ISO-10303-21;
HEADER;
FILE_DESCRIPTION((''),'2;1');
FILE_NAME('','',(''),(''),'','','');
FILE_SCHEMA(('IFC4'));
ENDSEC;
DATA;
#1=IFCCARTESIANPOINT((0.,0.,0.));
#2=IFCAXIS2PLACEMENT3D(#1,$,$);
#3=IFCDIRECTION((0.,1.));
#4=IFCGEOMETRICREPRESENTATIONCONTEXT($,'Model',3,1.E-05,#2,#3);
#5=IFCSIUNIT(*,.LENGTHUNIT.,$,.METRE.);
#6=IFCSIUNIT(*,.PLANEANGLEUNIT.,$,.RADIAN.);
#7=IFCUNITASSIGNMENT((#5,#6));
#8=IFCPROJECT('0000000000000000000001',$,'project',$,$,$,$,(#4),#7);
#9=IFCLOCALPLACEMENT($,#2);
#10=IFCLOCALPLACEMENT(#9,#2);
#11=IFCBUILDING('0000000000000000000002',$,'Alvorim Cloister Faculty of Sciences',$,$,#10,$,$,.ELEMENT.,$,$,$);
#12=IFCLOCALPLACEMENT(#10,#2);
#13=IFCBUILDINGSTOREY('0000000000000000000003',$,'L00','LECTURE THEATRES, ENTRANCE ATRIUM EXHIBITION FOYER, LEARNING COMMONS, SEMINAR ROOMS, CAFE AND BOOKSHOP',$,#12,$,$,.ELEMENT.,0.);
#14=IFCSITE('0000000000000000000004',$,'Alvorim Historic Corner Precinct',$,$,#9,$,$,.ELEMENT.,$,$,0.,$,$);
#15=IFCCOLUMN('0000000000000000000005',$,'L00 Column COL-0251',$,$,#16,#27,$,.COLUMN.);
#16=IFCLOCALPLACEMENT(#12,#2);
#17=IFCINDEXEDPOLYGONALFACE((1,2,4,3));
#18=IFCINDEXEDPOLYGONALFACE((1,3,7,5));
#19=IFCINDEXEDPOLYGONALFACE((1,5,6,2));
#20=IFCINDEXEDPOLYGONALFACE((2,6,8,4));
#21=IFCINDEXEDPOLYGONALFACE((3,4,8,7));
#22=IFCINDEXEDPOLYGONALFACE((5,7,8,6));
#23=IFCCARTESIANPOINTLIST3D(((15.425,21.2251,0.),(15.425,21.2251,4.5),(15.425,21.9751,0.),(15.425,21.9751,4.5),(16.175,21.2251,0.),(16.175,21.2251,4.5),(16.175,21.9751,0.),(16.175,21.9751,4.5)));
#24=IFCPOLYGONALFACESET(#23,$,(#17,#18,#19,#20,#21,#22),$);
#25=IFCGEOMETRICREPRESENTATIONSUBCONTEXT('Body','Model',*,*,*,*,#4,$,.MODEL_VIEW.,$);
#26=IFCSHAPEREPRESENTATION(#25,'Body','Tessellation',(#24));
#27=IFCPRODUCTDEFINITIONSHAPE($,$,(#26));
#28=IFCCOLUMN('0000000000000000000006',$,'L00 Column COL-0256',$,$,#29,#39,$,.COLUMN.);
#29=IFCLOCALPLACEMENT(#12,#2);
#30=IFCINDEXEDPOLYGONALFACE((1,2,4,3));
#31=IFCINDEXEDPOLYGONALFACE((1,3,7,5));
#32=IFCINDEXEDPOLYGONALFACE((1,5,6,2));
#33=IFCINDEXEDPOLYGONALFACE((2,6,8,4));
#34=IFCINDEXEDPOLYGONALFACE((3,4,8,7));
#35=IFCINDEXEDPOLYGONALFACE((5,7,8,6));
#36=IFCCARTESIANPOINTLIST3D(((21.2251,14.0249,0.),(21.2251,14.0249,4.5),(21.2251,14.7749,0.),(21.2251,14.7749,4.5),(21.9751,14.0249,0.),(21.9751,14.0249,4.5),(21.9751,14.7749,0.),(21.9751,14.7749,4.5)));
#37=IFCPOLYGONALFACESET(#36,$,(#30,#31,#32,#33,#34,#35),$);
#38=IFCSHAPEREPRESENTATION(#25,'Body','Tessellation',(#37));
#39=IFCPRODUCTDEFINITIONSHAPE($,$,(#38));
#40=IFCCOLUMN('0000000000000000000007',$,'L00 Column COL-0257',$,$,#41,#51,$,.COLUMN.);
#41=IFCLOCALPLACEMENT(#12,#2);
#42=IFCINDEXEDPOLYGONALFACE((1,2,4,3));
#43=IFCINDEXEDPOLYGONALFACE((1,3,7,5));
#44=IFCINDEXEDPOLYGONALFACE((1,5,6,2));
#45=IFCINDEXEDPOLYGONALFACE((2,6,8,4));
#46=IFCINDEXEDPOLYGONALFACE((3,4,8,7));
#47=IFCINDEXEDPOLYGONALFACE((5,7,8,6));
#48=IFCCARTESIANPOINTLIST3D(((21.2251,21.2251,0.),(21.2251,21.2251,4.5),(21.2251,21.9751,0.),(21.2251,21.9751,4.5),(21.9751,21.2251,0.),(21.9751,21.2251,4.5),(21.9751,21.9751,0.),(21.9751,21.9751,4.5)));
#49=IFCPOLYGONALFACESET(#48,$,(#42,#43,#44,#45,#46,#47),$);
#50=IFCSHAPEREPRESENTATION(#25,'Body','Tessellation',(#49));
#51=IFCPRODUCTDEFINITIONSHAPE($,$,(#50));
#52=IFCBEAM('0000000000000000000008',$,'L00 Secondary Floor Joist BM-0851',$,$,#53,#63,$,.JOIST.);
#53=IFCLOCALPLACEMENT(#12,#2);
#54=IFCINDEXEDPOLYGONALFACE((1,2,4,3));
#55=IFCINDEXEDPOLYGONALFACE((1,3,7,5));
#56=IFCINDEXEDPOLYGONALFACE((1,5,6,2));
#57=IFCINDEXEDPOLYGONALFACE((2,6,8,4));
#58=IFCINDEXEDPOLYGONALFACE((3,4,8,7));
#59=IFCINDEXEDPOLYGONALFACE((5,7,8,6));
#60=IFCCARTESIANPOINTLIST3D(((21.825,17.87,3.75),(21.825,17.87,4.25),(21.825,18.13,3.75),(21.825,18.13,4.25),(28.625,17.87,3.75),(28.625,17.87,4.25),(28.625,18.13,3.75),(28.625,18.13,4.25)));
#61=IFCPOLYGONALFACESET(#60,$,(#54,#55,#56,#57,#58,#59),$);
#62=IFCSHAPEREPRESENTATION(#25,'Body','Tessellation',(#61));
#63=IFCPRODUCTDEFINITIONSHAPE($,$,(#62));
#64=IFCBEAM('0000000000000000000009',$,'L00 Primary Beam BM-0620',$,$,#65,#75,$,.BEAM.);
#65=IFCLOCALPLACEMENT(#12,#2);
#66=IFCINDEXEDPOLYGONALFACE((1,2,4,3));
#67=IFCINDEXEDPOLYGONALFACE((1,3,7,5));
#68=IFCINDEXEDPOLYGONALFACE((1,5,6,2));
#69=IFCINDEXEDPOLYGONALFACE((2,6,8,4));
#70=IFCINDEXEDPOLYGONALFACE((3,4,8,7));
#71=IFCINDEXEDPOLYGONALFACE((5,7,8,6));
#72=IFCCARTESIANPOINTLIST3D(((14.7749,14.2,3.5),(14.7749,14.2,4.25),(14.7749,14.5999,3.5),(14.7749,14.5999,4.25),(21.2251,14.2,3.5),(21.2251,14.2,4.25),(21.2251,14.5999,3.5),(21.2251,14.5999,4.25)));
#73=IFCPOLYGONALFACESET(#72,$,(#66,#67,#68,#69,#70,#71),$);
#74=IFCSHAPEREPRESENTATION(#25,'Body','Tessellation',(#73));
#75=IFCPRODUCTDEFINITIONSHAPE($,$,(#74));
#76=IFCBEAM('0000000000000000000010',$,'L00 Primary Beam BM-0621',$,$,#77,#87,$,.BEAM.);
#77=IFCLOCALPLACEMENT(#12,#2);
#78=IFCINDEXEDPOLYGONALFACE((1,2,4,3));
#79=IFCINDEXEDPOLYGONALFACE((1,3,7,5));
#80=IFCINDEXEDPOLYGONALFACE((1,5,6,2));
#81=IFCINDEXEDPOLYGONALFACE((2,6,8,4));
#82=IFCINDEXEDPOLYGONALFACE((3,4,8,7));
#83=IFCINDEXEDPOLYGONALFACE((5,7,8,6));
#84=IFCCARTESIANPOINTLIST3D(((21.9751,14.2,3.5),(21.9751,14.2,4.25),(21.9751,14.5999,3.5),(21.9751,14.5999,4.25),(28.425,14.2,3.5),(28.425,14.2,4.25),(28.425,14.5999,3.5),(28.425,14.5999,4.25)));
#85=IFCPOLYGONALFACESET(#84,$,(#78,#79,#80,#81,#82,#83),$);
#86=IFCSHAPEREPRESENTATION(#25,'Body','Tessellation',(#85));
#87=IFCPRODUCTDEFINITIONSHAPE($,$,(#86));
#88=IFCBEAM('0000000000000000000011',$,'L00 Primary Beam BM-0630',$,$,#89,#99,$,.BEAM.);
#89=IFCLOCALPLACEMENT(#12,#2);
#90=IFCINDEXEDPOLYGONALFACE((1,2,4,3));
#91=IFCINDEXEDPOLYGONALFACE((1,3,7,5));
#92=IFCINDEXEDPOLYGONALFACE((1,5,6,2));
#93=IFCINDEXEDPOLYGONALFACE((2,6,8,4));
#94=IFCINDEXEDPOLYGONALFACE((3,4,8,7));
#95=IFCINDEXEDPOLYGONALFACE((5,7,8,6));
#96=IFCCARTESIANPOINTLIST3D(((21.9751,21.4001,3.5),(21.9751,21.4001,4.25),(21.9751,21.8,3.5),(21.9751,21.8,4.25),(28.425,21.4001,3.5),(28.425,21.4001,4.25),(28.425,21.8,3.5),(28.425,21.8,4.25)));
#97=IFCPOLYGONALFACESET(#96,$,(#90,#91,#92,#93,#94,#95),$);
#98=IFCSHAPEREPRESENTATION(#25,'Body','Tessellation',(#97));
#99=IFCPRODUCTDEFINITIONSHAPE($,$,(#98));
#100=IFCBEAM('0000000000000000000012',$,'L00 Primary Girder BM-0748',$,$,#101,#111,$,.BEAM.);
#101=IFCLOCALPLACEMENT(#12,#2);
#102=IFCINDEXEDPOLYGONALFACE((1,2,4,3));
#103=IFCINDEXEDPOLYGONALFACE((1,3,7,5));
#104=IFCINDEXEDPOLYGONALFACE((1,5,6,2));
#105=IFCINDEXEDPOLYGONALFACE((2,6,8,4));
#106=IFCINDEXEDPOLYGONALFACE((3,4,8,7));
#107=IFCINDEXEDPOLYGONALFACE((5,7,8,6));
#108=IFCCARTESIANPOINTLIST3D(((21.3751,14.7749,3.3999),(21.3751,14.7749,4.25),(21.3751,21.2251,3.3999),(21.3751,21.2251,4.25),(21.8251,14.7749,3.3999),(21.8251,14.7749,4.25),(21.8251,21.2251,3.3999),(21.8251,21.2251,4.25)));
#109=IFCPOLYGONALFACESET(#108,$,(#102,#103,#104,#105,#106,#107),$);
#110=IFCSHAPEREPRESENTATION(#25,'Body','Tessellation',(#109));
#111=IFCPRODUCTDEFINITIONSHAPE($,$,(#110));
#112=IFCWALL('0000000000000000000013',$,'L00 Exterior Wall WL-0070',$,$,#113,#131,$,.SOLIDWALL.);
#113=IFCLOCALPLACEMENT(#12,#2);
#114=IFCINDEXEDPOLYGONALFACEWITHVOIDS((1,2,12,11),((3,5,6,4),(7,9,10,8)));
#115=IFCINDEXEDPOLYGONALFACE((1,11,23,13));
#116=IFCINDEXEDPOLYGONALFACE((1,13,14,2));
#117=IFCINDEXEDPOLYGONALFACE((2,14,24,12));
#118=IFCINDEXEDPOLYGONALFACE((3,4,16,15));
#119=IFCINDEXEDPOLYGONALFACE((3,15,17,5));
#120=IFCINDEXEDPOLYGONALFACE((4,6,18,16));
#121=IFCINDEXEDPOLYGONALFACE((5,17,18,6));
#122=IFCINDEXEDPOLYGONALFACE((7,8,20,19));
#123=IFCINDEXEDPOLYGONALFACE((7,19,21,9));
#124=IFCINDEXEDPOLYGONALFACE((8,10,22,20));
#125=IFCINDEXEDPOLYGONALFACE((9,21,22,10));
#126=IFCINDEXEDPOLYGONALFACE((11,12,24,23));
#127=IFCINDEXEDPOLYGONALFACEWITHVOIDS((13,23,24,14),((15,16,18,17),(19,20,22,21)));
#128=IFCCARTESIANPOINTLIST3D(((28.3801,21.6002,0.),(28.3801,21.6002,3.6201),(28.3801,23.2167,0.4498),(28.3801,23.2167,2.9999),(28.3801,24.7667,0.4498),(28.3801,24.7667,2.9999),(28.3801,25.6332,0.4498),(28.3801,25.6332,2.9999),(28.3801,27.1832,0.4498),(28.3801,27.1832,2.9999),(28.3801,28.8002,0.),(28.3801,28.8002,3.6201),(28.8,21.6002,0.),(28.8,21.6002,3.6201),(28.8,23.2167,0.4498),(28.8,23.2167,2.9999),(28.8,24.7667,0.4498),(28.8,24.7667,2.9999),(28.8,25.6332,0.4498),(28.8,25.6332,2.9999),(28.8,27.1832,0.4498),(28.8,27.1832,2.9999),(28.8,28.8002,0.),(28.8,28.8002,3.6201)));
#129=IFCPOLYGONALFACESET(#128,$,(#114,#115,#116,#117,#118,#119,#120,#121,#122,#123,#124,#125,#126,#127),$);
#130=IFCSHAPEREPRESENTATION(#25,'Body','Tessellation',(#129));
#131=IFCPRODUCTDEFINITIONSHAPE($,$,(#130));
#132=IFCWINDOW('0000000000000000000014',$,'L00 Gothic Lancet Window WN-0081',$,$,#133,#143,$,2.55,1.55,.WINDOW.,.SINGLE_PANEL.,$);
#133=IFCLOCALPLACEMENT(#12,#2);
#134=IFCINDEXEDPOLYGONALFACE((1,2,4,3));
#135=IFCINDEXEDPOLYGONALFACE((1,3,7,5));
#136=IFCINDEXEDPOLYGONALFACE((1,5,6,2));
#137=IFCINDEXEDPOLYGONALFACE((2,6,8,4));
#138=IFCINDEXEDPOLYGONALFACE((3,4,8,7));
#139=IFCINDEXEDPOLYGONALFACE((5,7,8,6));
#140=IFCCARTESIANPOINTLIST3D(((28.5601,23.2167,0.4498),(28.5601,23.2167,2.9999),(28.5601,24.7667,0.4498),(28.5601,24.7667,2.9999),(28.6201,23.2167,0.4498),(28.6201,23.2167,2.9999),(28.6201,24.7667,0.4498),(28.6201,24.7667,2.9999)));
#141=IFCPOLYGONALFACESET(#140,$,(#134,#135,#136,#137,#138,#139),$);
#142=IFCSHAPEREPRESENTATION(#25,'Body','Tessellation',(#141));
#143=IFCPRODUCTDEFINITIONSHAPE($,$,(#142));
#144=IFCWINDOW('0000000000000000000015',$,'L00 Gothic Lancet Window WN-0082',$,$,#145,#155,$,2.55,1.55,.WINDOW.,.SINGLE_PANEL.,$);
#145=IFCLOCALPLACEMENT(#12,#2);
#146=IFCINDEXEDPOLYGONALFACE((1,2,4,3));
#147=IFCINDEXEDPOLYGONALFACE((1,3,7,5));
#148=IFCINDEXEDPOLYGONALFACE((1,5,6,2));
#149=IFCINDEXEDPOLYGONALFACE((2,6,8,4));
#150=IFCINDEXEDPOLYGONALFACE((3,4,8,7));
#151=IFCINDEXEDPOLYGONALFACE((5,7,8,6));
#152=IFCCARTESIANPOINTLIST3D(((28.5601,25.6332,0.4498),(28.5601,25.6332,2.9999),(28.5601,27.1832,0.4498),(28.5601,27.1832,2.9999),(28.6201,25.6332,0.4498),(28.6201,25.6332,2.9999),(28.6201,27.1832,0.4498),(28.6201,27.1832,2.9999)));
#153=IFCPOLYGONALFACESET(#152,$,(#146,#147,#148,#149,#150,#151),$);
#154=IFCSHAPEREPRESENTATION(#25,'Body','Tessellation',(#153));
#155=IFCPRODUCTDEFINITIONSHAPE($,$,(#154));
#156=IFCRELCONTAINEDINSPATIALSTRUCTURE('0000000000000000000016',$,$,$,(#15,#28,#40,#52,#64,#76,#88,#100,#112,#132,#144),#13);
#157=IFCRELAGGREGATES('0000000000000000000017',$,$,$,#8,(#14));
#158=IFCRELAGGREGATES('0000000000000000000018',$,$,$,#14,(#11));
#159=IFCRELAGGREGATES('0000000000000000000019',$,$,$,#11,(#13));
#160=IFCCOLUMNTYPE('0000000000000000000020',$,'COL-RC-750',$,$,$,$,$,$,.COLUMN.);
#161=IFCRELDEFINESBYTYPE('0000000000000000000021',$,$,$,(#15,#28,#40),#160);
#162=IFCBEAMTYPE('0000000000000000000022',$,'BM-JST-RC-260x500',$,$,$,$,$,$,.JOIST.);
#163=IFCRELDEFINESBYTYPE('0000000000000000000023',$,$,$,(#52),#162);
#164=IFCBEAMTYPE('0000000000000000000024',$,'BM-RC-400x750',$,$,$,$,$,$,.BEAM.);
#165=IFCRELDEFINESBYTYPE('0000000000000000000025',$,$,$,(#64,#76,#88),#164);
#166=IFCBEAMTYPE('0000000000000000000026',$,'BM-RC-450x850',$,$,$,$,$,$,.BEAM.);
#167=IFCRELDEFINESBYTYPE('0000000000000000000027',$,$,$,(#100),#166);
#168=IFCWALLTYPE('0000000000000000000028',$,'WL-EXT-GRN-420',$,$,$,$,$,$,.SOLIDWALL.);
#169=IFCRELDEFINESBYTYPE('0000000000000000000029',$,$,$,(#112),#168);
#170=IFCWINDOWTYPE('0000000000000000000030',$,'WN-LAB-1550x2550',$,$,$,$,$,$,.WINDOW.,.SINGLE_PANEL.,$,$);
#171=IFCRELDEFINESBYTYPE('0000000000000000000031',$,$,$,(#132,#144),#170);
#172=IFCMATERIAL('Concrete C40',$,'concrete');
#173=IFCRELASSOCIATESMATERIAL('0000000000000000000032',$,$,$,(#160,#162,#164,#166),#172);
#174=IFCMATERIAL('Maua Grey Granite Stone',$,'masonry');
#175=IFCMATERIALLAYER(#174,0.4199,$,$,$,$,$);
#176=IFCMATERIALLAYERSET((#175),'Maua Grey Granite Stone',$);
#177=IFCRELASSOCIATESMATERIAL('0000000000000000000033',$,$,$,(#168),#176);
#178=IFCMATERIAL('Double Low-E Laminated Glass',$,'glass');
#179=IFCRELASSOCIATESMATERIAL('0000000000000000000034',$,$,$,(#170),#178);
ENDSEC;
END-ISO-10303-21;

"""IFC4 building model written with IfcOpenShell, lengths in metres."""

from ifc_helpers import new_model, si_unit, direction, frame, frame_2d, origin, origin_2d, place, context, subcontext, project, spatial, rectangle, extrude, material, layer, layer_set, material_profile, profile_set, type_object, element, fill, save


model = new_model("IFC4")

# Units and contexts
model_context = context("Model", 3, precision=1e-05, world=origin(), true_north=direction((0.0, 1.0)))
body_context = subcontext(model_context, "Body", "Model", "MODEL_VIEW")
ifc_project = project(units=[si_unit("LENGTHUNIT", "METRE"), si_unit("PLANEANGLEUNIT", "RADIAN")], contexts=[model_context])

# Site, building, storey
site_placement = place(None, origin())
site = spatial("IfcSite", under=ifc_project, at=site_placement, Name="Alvorim Historic Corner Precinct", CompositionType="ELEMENT", RefElevation=0.0)
building_placement = place(site_placement, origin())
building = spatial("IfcBuilding", under=site, at=building_placement, Name="Alvorim Cloister Faculty of Sciences", CompositionType="ELEMENT")
storey_placement = place(building_placement, origin())
storey = spatial("IfcBuildingStorey", under=building, at=storey_placement, Name="L00", Description="LECTURE THEATRES, ENTRANCE ATRIUM EXHIBITION FOYER, LEARNING COMMONS, SEMINAR ROOMS, CAFE AND BOOKSHOP", CompositionType="ELEMENT", Elevation=0.0)

# Columns
ifc_material_1 = material(Name="Concrete C40", Category="concrete")
ifc_material_profile_1 = material_profile(ifc_material_1, rectangle(XDim=0.75, YDim=0.75, at=origin_2d()), Name="RC40-COL-750x750")
ifc_profile_set_1 = profile_set([ifc_material_profile_1], Name="Concrete C40")
column_type = type_object("IfcColumnType", Name="COL-RC-750", PredefinedType="COLUMN", material=ifc_profile_set_1)
for number, where, z_axis, x_axis, name in (
    (1, (15.8, 21.6001, 0.0), (0.0, 0.0, 1.0), (1.0, 0.0, 0.0), "L00 Column COL-0251"),
    (2, (21.6001, 14.3999, 0.0), (0.0, 0.0, 1.0), (1.0, 0.0, 0.0), "L00 Column COL-0256"),
    (3, (21.6001, 21.6001, 0.0), (0.0, 0.0, 1.0), (1.0, 0.0, 0.0), "L00 Column COL-0257"),
):
    element("IfcColumn", number, at=place(storey_placement, frame(where, z_axis=z_axis, x_axis=x_axis)), inside=storey, type_object=column_type, Name=name, PredefinedType="COLUMN", context=body_context, shape_type="SweptSolid", body=[
        extrude(rectangle(XDim=0.75, YDim=0.75, at=origin_2d()), origin(), (0.0, 0.0, 1.0), 4.5),
    ])

# Beams
ifc_material_profile_2 = material_profile(ifc_material_1, rectangle(XDim=0.26, YDim=0.5, at=origin_2d()), Name="RC40-JST-260x500")
ifc_profile_set_2 = profile_set([ifc_material_profile_2], Name="Concrete C40")
beam_type_1 = type_object("IfcBeamType", Name="BM-JST-RC-260x500", PredefinedType="JOIST", material=ifc_profile_set_2)
beam_1_placement = place(storey_placement, frame((21.825, 18.0, 4.0), z_axis=(1.0, 0.0, 0.0), x_axis=(0.0, 1.0, 0.0)))
element("IfcBeam", 4, at=beam_1_placement, inside=storey, type_object=beam_type_1, Name="L00 Secondary Floor Joist BM-0851", PredefinedType="JOIST", context=body_context, shape_type="SweptSolid", body=[
    extrude(rectangle(XDim=0.26, YDim=0.5, at=origin_2d()), origin(), (0.0, 0.0, 1.0), 6.8),
])
ifc_material_profile_3 = material_profile(ifc_material_1, rectangle(XDim=0.3999, YDim=0.75, at=origin_2d()), Name="RC40-BM-400x750")
ifc_profile_set_3 = profile_set([ifc_material_profile_3], Name="Concrete C40")
beam_type_2 = type_object("IfcBeamType", Name="BM-RC-400x750", PredefinedType="BEAM", material=ifc_profile_set_3)
beam_2_placement = place(storey_placement, frame((14.7749, 14.3999, 3.875), z_axis=(1.0, 0.0, 0.0), x_axis=(0.0, 1.0, 0.0)))
element("IfcBeam", 5, at=beam_2_placement, inside=storey, type_object=beam_type_2, Name="L00 Primary Beam BM-0620", PredefinedType="BEAM", context=body_context, shape_type="SweptSolid", body=[
    extrude(rectangle(XDim=0.3999, YDim=0.75, at=origin_2d()), origin(), (0.0, 0.0, 1.0), 6.4502),
])
for number, where, z_axis, x_axis, name in (
    (6, (21.9751, 14.3999, 3.875), (1.0, 0.0, 0.0), (0.0, 1.0, 0.0), "L00 Primary Beam BM-0621"),
    (7, (21.9751, 21.6001, 3.875), (1.0, 0.0, 0.0), (0.0, 1.0, 0.0), "L00 Primary Beam BM-0630"),
):
    element("IfcBeam", number, at=place(storey_placement, frame(where, z_axis=z_axis, x_axis=x_axis)), inside=storey, type_object=beam_type_2, Name=name, PredefinedType="BEAM", context=body_context, shape_type="SweptSolid", body=[
        extrude(rectangle(XDim=0.3999, YDim=0.75, at=origin_2d()), origin(), (0.0, 0.0, 1.0), 6.45),
    ])
ifc_material_profile_4 = material_profile(ifc_material_1, rectangle(XDim=0.45, YDim=0.8501, at=origin_2d()), Name="RC40-BM-450x850")
ifc_profile_set_4 = profile_set([ifc_material_profile_4], Name="Concrete C40")
beam_type_3 = type_object("IfcBeamType", Name="BM-RC-450x850", PredefinedType="BEAM", material=ifc_profile_set_4)
beam_3_placement = place(storey_placement, frame((21.6001, 14.7749, 3.825), z_axis=(0.0, 1.0, 0.0), x_axis=(-1.0, 0.0, 0.0)))
element("IfcBeam", 8, at=beam_3_placement, inside=storey, type_object=beam_type_3, Name="L00 Primary Girder BM-0748", PredefinedType="BEAM", context=body_context, shape_type="SweptSolid", body=[
    extrude(rectangle(XDim=0.45, YDim=0.8501, at=origin_2d()), origin(), (0.0, 0.0, 1.0), 6.4502),
])

# Wall, openings, windows
ifc_material_2 = material(Name="Maua Grey Granite Stone", Category="masonry")
ifc_layer_1 = layer(ifc_material_2, 0.4199)
ifc_layer_set_1 = layer_set([ifc_layer_1], Name="Maua Grey Granite Stone")
wall_type_1 = type_object("IfcWallType", Name="WL-EXT-GRN-420", PredefinedType="SOLIDWALL", material=ifc_layer_set_1)
wall_1_placement = place(storey_placement, frame((28.5901, 21.6001, 0.0), z_axis=(0.0, 0.0, 1.0), x_axis=(0.0, 1.0, 0.0)))
wall_1 = element("IfcWall", 9, at=wall_1_placement, inside=storey, type_object=wall_type_1, Name="L00 Exterior Wall WL-0070", PredefinedType="SOLIDWALL", context=body_context, shape_type="SweptSolid", body=[
    extrude(rectangle(XDim=7.2, YDim=0.4199, at=frame_2d((3.6001, 0.0))), origin(), (0.0, 0.0, 1.0), 3.6201),
])
opening_1_placement = place(wall_1_placement, frame((1.6167, 0.0, 0.45)))
opening_1 = element("IfcOpeningElement", 10, at=opening_1_placement, cuts=wall_1, PredefinedType="OPENING", context=body_context, shape_type="SweptSolid", body=[
    extrude(rectangle(XDim=1.55, YDim=2.55, at=frame_2d((0.7749, 1.2749))), frame((0.0, 0.2219, 0.0), z_axis=(0.0, -1.0, 0.0), x_axis=(1.0, 0.0, 0.0)), (0.0, 0.0, 1.0), 0.4438),
])
opening_2_placement = place(wall_1_placement, frame((4.0332, 0.0, 0.45)))
opening_2 = element("IfcOpeningElement", 11, at=opening_2_placement, cuts=wall_1, PredefinedType="OPENING", context=body_context, shape_type="SweptSolid", body=[
    extrude(rectangle(XDim=1.55, YDim=2.55, at=frame_2d((0.7749, 1.2749))), frame((0.0, 0.2219, 0.0), z_axis=(0.0, -1.0, 0.0), x_axis=(1.0, 0.0, 0.0)), (0.0, 0.0, 1.0), 0.4438),
])
ifc_material_3 = material(Name="Double Low-E Laminated Glass", Category="glass")
window_type_1 = type_object("IfcWindowType", Name="WN-LAB-1550x2550", PartitioningType="SINGLE_PANEL", PredefinedType="WINDOW", material=ifc_material_3)
window_1_placement = place(opening_1_placement, origin())
window_1 = element("IfcWindow", 12, at=window_1_placement, inside=storey, type_object=window_type_1, Name="L00 Gothic Lancet Window WN-0081", OverallHeight=2.55, OverallWidth=1.55, PartitioningType="SINGLE_PANEL", PredefinedType="WINDOW", context=body_context, shape_type="SweptSolid", body=[
    extrude(rectangle(XDim=1.55, YDim=2.55, at=frame_2d((0.7749, 1.2749))), frame((0.0, 0.03, 0.0), z_axis=(0.0, -1.0, 0.0), x_axis=(1.0, 0.0, 0.0)), (0.0, 0.0, 1.0), 0.0601),
])
fill(opening_1, window_1)
window_2_placement = place(opening_2_placement, origin())
window_2 = element("IfcWindow", 13, at=window_2_placement, inside=storey, type_object=window_type_1, Name="L00 Gothic Lancet Window WN-0082", OverallHeight=2.55, OverallWidth=1.55, PartitioningType="SINGLE_PANEL", PredefinedType="WINDOW", context=body_context, shape_type="SweptSolid", body=[
    extrude(rectangle(XDim=1.55, YDim=2.55, at=frame_2d((0.7749, 1.2749))), frame((0.0, 0.03, 0.0), z_axis=(0.0, -1.0, 0.0), x_axis=(1.0, 0.0, 0.0)), (0.0, 0.0, 1.0), 0.0601),
])
fill(opening_2, window_2)

save(model, "model.ifc")
